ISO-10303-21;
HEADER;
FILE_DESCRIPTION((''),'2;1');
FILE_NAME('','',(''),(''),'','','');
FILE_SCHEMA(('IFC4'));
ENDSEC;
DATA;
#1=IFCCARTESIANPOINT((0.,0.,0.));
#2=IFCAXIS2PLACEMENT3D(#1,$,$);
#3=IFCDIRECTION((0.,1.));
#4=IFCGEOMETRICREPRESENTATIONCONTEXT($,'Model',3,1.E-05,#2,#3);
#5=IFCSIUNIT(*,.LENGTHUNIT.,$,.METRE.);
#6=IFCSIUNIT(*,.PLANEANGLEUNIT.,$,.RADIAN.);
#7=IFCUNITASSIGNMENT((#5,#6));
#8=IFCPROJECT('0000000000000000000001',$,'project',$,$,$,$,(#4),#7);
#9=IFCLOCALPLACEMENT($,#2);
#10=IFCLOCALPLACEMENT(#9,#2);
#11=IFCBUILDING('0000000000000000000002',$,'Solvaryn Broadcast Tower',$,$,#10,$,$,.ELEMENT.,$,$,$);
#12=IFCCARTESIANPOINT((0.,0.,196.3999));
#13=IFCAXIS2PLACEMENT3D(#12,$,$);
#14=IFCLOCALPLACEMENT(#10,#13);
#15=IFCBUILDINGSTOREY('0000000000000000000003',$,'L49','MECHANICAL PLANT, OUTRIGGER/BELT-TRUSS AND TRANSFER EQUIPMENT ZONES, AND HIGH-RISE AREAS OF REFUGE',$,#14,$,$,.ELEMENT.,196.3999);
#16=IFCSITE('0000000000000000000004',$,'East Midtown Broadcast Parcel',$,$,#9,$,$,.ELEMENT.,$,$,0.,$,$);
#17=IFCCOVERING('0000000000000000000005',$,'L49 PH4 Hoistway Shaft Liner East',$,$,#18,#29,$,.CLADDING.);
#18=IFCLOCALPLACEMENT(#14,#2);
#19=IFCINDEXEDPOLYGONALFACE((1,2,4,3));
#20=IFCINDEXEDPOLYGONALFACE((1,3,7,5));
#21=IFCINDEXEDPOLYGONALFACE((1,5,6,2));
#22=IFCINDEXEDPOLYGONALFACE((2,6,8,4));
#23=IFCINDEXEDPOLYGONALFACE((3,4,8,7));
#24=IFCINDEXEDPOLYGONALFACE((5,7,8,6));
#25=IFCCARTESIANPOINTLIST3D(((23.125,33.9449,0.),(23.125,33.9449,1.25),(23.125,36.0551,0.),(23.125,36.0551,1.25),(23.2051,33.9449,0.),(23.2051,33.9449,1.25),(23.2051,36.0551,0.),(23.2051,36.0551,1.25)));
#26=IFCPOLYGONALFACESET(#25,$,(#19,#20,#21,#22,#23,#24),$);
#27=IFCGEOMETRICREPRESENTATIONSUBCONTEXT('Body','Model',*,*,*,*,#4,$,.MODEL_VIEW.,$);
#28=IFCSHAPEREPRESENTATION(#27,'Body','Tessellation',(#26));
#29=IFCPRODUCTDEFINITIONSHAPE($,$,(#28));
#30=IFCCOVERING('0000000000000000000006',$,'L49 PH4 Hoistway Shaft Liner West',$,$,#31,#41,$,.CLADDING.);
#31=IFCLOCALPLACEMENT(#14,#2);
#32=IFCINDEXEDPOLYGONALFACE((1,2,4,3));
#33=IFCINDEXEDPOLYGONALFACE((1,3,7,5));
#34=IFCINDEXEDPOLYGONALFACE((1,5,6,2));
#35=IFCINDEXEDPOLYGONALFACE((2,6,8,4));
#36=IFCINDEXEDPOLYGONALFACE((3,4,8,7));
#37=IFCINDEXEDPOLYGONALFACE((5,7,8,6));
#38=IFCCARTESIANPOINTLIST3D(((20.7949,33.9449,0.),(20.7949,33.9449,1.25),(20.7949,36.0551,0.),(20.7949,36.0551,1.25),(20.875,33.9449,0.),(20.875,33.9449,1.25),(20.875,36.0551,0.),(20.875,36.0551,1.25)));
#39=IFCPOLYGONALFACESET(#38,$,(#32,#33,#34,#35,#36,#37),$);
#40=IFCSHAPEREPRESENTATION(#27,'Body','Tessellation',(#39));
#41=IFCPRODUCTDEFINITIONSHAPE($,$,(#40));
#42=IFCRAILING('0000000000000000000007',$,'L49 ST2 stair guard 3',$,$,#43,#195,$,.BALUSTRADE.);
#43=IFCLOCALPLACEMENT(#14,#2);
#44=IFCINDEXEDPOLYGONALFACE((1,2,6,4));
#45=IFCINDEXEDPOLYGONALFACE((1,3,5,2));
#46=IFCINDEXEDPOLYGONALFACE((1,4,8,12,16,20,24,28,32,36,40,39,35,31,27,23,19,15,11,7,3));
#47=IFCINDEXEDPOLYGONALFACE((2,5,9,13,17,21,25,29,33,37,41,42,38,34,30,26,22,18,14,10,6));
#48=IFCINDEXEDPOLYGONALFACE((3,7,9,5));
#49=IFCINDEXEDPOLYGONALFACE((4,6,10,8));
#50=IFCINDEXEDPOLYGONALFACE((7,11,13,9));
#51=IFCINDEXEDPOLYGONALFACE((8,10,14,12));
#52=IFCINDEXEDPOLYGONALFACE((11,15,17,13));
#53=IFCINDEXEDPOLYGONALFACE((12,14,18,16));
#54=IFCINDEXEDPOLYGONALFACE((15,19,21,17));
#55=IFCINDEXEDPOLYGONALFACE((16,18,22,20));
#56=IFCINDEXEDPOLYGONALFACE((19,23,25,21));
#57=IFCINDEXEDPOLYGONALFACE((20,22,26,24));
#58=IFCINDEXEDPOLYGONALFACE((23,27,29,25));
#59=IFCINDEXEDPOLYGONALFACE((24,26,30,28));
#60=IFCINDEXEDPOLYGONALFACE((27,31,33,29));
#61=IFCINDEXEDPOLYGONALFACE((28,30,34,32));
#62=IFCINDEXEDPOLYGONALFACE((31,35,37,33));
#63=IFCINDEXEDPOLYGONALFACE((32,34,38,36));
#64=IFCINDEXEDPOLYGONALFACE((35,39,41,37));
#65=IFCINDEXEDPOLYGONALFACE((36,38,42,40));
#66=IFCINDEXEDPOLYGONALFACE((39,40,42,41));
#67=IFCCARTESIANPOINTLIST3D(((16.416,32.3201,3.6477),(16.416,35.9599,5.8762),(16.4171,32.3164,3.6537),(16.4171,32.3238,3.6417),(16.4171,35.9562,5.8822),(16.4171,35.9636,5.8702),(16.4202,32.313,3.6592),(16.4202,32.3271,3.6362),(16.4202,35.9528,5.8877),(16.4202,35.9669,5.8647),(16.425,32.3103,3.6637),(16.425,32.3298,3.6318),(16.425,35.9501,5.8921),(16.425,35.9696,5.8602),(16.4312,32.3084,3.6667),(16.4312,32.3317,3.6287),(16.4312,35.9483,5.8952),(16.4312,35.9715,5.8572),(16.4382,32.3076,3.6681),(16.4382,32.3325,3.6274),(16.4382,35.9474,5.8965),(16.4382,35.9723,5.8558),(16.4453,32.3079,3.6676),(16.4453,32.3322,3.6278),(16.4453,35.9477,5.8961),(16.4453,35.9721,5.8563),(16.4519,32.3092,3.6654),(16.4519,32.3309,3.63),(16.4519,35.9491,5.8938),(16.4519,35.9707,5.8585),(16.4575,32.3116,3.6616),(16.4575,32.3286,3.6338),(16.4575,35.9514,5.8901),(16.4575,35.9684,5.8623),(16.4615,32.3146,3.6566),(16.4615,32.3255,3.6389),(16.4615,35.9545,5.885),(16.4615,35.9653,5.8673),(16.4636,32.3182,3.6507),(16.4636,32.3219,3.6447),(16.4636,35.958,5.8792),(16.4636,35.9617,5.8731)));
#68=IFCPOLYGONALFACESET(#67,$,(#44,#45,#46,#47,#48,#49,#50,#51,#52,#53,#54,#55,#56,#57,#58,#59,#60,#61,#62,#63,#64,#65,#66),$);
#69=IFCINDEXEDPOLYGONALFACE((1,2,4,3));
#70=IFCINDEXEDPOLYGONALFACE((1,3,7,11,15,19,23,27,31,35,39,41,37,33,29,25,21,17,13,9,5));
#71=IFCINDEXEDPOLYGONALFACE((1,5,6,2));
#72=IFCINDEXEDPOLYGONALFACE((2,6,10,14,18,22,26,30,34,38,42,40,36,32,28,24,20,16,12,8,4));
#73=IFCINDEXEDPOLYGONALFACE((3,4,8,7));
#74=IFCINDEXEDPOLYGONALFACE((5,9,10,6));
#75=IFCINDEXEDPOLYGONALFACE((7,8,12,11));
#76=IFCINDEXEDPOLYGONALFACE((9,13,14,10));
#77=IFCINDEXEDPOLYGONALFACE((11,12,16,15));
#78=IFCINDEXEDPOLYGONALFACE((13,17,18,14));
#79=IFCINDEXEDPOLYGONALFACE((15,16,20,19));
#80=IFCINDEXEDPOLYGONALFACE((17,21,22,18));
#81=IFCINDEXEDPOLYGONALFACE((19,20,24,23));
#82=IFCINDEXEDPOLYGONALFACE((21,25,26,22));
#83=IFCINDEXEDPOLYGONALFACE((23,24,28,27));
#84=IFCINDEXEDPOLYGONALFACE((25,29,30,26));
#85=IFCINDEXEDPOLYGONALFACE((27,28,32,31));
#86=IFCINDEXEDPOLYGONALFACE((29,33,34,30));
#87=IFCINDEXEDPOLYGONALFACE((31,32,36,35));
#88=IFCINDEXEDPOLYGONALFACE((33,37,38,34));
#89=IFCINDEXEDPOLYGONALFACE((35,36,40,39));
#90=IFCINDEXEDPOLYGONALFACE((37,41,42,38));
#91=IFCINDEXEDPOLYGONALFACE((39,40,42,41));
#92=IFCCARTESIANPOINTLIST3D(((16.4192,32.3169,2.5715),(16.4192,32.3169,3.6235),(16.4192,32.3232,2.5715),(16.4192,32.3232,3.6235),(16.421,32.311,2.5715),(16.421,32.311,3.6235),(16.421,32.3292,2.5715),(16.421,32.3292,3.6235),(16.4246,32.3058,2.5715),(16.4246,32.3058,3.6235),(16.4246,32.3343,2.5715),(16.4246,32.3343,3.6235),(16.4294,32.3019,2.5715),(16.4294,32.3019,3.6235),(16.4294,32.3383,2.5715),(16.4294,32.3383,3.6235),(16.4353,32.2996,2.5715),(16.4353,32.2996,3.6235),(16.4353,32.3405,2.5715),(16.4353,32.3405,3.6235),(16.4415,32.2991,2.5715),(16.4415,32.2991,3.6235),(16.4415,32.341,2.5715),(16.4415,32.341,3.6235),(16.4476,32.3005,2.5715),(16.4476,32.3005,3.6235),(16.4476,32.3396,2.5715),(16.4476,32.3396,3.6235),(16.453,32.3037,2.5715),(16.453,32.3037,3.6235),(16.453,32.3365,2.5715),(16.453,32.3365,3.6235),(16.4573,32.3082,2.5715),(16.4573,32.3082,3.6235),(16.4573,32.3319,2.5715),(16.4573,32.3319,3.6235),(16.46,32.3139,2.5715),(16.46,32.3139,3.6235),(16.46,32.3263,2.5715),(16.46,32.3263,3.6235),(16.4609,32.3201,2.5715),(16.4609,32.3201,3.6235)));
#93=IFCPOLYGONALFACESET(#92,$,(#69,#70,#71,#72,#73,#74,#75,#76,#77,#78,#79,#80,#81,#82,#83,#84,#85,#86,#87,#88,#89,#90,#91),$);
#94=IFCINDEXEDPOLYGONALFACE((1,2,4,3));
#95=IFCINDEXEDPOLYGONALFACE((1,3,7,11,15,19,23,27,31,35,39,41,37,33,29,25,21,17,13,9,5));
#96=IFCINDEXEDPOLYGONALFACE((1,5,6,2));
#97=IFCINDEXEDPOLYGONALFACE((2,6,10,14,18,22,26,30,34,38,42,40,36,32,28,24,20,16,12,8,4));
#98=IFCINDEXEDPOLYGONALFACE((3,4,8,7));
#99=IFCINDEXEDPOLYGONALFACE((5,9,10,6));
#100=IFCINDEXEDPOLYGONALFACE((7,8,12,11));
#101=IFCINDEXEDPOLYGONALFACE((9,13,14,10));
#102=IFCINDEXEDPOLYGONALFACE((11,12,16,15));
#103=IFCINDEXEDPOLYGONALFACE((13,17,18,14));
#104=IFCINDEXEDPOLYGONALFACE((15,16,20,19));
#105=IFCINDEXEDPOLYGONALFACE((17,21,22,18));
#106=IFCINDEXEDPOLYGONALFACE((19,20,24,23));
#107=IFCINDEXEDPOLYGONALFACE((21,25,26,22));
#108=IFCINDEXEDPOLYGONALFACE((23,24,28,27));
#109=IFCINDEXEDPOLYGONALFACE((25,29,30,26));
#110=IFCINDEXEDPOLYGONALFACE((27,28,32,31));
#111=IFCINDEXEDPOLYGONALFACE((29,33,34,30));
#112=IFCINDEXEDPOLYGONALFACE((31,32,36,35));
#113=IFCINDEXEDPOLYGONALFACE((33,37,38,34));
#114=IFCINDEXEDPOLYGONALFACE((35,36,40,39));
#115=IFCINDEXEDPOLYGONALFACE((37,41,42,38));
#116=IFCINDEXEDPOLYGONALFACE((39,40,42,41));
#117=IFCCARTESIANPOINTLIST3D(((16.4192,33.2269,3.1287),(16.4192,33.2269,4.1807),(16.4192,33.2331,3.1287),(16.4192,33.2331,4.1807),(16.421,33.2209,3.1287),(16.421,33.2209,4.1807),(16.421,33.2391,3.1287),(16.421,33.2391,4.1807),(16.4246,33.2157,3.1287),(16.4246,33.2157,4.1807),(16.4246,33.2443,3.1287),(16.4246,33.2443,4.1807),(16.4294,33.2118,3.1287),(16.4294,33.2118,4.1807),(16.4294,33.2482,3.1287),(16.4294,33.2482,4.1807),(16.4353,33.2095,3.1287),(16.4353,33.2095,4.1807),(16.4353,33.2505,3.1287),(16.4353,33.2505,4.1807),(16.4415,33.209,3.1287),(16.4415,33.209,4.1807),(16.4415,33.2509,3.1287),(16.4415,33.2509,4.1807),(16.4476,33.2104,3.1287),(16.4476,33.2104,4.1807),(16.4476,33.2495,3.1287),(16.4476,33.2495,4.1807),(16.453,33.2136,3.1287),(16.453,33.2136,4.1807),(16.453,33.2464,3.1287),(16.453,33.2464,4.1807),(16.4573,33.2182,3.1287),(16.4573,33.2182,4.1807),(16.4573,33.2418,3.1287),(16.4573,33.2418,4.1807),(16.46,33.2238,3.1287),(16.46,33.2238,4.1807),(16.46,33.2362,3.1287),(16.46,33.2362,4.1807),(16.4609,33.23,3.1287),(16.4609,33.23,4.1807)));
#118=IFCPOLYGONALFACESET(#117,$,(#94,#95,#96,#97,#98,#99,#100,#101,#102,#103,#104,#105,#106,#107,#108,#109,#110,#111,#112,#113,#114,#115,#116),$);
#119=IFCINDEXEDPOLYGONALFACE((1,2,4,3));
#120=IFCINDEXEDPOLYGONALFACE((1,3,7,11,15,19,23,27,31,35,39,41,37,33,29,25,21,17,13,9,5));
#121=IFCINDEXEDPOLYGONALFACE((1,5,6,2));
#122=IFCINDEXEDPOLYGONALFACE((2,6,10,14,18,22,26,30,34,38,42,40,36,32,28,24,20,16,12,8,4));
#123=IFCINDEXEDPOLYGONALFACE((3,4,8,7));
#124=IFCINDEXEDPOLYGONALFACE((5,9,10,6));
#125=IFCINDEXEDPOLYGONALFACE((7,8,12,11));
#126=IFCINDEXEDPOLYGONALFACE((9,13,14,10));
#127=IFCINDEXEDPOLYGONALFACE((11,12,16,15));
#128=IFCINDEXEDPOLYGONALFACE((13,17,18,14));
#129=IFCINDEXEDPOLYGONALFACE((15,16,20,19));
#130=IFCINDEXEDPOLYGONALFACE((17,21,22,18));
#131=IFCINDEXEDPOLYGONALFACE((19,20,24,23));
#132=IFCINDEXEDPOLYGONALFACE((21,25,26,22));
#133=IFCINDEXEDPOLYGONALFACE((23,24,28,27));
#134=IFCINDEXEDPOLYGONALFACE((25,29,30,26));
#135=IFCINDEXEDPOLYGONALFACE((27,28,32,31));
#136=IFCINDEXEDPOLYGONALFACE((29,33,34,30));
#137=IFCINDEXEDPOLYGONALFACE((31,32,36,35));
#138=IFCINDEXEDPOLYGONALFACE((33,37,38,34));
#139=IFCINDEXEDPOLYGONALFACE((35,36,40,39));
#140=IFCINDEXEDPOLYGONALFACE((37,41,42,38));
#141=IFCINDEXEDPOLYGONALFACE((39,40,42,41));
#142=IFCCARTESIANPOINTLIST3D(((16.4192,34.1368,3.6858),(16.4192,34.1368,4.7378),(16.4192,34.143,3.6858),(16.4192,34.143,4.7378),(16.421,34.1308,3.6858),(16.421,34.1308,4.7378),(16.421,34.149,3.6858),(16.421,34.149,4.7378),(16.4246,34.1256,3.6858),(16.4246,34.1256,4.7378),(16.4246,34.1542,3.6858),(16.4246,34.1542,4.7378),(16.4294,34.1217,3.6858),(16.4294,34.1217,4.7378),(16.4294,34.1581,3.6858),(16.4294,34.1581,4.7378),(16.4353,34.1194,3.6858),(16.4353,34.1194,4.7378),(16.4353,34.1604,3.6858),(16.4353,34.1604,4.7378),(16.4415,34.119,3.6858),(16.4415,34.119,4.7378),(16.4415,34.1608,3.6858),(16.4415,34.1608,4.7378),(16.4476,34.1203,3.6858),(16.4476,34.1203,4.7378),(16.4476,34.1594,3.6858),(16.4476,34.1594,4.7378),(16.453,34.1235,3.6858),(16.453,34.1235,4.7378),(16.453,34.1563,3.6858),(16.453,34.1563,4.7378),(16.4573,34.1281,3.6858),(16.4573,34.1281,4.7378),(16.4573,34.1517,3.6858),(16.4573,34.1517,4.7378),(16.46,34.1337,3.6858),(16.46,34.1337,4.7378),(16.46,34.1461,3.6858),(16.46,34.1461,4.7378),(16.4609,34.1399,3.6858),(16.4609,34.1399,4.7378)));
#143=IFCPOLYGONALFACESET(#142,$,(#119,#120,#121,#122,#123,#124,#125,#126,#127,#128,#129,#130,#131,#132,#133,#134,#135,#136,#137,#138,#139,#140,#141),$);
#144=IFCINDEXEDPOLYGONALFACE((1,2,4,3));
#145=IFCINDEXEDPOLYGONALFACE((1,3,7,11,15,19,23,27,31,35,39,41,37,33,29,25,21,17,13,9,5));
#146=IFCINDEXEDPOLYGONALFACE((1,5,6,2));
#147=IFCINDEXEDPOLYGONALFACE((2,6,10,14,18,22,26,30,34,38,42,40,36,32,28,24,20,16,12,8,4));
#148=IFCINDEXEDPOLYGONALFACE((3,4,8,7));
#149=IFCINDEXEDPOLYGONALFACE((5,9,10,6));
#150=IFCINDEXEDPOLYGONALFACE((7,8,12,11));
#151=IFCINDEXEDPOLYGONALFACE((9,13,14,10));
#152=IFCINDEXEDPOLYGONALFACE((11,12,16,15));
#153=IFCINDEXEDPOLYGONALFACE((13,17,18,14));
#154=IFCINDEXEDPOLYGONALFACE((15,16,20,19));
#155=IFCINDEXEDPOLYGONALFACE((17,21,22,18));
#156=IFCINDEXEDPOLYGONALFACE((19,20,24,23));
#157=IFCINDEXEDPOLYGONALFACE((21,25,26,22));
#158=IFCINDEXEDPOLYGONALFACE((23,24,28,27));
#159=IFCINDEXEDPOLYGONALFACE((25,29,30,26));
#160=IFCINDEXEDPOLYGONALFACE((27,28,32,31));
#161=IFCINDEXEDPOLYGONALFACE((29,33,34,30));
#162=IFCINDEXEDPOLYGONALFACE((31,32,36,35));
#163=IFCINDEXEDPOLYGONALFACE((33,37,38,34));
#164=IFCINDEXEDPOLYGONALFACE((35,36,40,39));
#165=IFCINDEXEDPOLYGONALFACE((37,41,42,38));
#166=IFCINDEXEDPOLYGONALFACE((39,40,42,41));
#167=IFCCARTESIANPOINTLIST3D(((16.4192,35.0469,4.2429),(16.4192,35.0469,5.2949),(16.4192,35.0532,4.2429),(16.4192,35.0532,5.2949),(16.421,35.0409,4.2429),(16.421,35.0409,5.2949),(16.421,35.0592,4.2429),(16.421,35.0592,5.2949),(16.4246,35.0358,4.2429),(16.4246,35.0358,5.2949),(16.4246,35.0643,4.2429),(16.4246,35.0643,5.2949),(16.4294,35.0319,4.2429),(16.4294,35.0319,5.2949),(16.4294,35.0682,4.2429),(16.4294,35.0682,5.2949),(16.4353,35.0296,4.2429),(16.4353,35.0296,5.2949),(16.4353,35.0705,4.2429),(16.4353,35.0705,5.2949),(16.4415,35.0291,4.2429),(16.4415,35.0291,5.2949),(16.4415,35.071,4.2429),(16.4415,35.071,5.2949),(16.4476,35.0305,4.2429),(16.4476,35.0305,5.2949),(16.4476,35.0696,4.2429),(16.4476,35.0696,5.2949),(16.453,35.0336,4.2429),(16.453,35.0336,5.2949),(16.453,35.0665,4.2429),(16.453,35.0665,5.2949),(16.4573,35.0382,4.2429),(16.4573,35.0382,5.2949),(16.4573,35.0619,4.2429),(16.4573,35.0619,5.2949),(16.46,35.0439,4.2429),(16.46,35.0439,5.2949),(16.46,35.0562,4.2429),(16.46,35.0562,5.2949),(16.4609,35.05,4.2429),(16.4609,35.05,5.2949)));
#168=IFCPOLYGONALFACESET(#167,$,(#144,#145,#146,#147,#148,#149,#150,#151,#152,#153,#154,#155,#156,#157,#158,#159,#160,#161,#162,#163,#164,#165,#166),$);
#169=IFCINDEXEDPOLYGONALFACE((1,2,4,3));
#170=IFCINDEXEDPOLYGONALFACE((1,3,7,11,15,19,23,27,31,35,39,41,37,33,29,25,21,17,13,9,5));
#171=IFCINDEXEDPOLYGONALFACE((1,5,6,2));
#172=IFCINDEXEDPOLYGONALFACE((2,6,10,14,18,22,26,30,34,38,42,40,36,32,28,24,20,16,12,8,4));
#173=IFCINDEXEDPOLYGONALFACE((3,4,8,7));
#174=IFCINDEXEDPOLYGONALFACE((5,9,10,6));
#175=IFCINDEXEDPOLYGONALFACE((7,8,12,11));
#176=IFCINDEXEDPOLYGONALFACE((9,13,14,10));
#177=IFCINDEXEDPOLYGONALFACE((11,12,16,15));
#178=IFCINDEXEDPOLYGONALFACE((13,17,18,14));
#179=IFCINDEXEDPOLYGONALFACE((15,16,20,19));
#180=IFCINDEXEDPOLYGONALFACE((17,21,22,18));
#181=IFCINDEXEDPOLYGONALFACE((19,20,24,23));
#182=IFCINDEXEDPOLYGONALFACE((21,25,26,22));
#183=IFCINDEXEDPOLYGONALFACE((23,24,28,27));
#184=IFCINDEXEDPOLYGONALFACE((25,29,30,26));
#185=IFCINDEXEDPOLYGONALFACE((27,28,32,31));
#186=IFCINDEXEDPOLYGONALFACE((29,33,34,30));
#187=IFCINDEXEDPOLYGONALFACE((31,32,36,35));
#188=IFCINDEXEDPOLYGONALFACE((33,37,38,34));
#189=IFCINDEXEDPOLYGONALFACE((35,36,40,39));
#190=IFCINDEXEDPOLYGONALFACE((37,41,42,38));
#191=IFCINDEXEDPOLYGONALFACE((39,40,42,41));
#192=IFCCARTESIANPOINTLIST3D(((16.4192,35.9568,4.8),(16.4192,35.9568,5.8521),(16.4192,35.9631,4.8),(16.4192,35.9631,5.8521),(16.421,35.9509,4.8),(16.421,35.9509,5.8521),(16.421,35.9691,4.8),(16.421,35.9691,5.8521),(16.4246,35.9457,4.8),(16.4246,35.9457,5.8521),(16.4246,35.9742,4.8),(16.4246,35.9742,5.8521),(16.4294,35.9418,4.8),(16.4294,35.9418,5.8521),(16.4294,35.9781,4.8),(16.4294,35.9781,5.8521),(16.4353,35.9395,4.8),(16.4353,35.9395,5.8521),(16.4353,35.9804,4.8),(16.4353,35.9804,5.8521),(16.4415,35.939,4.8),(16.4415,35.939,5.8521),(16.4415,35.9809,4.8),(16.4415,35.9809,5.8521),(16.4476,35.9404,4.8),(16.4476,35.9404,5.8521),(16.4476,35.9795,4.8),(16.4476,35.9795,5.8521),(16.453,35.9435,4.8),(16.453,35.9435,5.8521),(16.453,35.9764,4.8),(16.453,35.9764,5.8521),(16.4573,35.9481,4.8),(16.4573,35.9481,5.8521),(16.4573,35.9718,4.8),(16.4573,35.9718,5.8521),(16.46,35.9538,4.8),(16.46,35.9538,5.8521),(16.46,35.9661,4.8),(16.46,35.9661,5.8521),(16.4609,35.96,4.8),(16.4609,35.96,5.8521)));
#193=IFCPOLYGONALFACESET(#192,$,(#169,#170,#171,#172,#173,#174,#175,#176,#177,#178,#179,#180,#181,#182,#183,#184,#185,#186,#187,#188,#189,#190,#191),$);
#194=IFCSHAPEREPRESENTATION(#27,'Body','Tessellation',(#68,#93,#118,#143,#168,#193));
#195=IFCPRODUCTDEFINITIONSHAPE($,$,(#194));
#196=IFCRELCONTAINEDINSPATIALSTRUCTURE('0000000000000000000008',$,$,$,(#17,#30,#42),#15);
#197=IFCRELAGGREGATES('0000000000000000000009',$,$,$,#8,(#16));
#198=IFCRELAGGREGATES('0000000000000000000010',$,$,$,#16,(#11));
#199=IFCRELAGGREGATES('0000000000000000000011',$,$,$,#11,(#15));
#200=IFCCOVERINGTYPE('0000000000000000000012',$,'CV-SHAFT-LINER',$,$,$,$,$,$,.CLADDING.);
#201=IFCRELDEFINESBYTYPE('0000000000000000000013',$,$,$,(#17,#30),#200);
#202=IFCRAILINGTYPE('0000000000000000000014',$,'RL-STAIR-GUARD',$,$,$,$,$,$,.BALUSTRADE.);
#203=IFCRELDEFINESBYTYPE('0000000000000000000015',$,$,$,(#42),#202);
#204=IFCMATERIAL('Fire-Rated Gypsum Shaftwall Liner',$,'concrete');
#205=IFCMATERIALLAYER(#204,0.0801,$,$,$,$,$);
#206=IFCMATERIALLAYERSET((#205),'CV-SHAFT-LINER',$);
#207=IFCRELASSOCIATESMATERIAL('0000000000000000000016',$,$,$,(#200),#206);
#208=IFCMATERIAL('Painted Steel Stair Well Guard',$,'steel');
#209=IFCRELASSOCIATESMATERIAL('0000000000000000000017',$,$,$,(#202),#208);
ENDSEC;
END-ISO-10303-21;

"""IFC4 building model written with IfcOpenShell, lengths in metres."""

from ifc_helpers import new_model, si_unit, direction, frame, origin, origin_2d, place, context, subcontext, project, spatial, rectangle, circle, extrude, material, layer, layer_set, type_object, element, save


model = new_model("IFC4")

# Units and contexts
model_context = context("Model", 3, precision=1e-05, world=origin(), true_north=direction((0.0, 1.0)))
body_context = subcontext(model_context, "Body", "Model", "MODEL_VIEW")
ifc_project = project(units=[si_unit("LENGTHUNIT", "METRE"), si_unit("PLANEANGLEUNIT", "RADIAN")], contexts=[model_context])

# Site, building, storey
site_placement = place(None, origin())
site = spatial("IfcSite", under=ifc_project, at=site_placement, Name="East Midtown Broadcast Parcel", CompositionType="ELEMENT", RefElevation=0.0)
building_placement = place(site_placement, origin())
building = spatial("IfcBuilding", under=site, at=building_placement, Name="Solvaryn Broadcast Tower", CompositionType="ELEMENT")
storey_placement = place(building_placement, frame((0.0, 0.0, 196.3999)))
storey = spatial("IfcBuildingStorey", under=building, at=storey_placement, Name="L49", Description="MECHANICAL PLANT, OUTRIGGER/BELT-TRUSS AND TRANSFER EQUIPMENT ZONES, AND HIGH-RISE AREAS OF REFUGE", CompositionType="ELEMENT", Elevation=196.3999)

# Coverings
ifc_material_1 = material(Name="Fire-Rated Gypsum Shaftwall Liner", Category="concrete")
ifc_layer_1 = layer(ifc_material_1, 0.0801)
ifc_layer_set_1 = layer_set([ifc_layer_1], Name="CV-SHAFT-LINER")
covering_type = type_object("IfcCoveringType", Name="CV-SHAFT-LINER", PredefinedType="CLADDING", material=ifc_layer_set_1)
for number, where, z_axis, x_axis, name in (
    (1, (23.165, 35.0, 0.0), (0.0, 0.0, 1.0), (1.0, 0.0, 0.0), "L49 PH4 Hoistway Shaft Liner East"),
    (2, (20.835, 35.0, 0.0), (0.0, 0.0, 1.0), (1.0, 0.0, 0.0), "L49 PH4 Hoistway Shaft Liner West"),
):
    element("IfcCovering", number, at=place(storey_placement, frame(where, z_axis=z_axis, x_axis=x_axis)), inside=storey, type_object=covering_type, Name=name, PredefinedType="CLADDING", context=body_context, shape_type="SweptSolid", body=[
        extrude(rectangle(XDim=0.0801, YDim=2.1101, at=origin_2d()), origin(), (0.0, 0.0, 1.0), 1.25),
    ])

# Railing
ifc_material_2 = material(Name="Painted Steel Stair Well Guard", Category="steel")
railing_type_1 = type_object("IfcRailingType", Name="RL-STAIR-GUARD", PredefinedType="BALUSTRADE", material=ifc_material_2)
railing_1_placement = place(storey_placement, frame((16.4399, 32.3201, 2.5715)))
element("IfcRailing", 3, at=railing_1_placement, inside=storey, type_object=railing_type_1, Name="L49 ST2 stair guard 3", PredefinedType="BALUSTRADE", context=body_context, shape_type="SweptSolid", body=[
    extrude(circle(Radius=0.0239, at=origin_2d()), frame((0.0, 0.0, 1.0762), z_axis=(0.0, 0.85285, 0.522156), x_axis=(-1.0, 0.0, 0.0)), (0.0, 0.0, 1.0), 4.2678),
    extrude(circle(Radius=0.021, at=origin_2d()), origin(), (0.0, 0.0, 1.0), 1.052),
    extrude(circle(Radius=0.021, at=origin_2d()), frame((0.0, 0.9099, 0.5571)), (0.0, 0.0, 1.0), 1.052),
    extrude(circle(Radius=0.021, at=origin_2d()), frame((0.0, 1.8198, 1.1143)), (0.0, 0.0, 1.0), 1.052),
    extrude(circle(Radius=0.021, at=origin_2d()), frame((0.0, 2.73, 1.6714)), (0.0, 0.0, 1.0), 1.052),
    extrude(circle(Radius=0.021, at=origin_2d()), frame((0.0, 3.6399, 2.2285)), (0.0, 0.0, 1.0), 1.052),
])

save(model, "model.ifc")
